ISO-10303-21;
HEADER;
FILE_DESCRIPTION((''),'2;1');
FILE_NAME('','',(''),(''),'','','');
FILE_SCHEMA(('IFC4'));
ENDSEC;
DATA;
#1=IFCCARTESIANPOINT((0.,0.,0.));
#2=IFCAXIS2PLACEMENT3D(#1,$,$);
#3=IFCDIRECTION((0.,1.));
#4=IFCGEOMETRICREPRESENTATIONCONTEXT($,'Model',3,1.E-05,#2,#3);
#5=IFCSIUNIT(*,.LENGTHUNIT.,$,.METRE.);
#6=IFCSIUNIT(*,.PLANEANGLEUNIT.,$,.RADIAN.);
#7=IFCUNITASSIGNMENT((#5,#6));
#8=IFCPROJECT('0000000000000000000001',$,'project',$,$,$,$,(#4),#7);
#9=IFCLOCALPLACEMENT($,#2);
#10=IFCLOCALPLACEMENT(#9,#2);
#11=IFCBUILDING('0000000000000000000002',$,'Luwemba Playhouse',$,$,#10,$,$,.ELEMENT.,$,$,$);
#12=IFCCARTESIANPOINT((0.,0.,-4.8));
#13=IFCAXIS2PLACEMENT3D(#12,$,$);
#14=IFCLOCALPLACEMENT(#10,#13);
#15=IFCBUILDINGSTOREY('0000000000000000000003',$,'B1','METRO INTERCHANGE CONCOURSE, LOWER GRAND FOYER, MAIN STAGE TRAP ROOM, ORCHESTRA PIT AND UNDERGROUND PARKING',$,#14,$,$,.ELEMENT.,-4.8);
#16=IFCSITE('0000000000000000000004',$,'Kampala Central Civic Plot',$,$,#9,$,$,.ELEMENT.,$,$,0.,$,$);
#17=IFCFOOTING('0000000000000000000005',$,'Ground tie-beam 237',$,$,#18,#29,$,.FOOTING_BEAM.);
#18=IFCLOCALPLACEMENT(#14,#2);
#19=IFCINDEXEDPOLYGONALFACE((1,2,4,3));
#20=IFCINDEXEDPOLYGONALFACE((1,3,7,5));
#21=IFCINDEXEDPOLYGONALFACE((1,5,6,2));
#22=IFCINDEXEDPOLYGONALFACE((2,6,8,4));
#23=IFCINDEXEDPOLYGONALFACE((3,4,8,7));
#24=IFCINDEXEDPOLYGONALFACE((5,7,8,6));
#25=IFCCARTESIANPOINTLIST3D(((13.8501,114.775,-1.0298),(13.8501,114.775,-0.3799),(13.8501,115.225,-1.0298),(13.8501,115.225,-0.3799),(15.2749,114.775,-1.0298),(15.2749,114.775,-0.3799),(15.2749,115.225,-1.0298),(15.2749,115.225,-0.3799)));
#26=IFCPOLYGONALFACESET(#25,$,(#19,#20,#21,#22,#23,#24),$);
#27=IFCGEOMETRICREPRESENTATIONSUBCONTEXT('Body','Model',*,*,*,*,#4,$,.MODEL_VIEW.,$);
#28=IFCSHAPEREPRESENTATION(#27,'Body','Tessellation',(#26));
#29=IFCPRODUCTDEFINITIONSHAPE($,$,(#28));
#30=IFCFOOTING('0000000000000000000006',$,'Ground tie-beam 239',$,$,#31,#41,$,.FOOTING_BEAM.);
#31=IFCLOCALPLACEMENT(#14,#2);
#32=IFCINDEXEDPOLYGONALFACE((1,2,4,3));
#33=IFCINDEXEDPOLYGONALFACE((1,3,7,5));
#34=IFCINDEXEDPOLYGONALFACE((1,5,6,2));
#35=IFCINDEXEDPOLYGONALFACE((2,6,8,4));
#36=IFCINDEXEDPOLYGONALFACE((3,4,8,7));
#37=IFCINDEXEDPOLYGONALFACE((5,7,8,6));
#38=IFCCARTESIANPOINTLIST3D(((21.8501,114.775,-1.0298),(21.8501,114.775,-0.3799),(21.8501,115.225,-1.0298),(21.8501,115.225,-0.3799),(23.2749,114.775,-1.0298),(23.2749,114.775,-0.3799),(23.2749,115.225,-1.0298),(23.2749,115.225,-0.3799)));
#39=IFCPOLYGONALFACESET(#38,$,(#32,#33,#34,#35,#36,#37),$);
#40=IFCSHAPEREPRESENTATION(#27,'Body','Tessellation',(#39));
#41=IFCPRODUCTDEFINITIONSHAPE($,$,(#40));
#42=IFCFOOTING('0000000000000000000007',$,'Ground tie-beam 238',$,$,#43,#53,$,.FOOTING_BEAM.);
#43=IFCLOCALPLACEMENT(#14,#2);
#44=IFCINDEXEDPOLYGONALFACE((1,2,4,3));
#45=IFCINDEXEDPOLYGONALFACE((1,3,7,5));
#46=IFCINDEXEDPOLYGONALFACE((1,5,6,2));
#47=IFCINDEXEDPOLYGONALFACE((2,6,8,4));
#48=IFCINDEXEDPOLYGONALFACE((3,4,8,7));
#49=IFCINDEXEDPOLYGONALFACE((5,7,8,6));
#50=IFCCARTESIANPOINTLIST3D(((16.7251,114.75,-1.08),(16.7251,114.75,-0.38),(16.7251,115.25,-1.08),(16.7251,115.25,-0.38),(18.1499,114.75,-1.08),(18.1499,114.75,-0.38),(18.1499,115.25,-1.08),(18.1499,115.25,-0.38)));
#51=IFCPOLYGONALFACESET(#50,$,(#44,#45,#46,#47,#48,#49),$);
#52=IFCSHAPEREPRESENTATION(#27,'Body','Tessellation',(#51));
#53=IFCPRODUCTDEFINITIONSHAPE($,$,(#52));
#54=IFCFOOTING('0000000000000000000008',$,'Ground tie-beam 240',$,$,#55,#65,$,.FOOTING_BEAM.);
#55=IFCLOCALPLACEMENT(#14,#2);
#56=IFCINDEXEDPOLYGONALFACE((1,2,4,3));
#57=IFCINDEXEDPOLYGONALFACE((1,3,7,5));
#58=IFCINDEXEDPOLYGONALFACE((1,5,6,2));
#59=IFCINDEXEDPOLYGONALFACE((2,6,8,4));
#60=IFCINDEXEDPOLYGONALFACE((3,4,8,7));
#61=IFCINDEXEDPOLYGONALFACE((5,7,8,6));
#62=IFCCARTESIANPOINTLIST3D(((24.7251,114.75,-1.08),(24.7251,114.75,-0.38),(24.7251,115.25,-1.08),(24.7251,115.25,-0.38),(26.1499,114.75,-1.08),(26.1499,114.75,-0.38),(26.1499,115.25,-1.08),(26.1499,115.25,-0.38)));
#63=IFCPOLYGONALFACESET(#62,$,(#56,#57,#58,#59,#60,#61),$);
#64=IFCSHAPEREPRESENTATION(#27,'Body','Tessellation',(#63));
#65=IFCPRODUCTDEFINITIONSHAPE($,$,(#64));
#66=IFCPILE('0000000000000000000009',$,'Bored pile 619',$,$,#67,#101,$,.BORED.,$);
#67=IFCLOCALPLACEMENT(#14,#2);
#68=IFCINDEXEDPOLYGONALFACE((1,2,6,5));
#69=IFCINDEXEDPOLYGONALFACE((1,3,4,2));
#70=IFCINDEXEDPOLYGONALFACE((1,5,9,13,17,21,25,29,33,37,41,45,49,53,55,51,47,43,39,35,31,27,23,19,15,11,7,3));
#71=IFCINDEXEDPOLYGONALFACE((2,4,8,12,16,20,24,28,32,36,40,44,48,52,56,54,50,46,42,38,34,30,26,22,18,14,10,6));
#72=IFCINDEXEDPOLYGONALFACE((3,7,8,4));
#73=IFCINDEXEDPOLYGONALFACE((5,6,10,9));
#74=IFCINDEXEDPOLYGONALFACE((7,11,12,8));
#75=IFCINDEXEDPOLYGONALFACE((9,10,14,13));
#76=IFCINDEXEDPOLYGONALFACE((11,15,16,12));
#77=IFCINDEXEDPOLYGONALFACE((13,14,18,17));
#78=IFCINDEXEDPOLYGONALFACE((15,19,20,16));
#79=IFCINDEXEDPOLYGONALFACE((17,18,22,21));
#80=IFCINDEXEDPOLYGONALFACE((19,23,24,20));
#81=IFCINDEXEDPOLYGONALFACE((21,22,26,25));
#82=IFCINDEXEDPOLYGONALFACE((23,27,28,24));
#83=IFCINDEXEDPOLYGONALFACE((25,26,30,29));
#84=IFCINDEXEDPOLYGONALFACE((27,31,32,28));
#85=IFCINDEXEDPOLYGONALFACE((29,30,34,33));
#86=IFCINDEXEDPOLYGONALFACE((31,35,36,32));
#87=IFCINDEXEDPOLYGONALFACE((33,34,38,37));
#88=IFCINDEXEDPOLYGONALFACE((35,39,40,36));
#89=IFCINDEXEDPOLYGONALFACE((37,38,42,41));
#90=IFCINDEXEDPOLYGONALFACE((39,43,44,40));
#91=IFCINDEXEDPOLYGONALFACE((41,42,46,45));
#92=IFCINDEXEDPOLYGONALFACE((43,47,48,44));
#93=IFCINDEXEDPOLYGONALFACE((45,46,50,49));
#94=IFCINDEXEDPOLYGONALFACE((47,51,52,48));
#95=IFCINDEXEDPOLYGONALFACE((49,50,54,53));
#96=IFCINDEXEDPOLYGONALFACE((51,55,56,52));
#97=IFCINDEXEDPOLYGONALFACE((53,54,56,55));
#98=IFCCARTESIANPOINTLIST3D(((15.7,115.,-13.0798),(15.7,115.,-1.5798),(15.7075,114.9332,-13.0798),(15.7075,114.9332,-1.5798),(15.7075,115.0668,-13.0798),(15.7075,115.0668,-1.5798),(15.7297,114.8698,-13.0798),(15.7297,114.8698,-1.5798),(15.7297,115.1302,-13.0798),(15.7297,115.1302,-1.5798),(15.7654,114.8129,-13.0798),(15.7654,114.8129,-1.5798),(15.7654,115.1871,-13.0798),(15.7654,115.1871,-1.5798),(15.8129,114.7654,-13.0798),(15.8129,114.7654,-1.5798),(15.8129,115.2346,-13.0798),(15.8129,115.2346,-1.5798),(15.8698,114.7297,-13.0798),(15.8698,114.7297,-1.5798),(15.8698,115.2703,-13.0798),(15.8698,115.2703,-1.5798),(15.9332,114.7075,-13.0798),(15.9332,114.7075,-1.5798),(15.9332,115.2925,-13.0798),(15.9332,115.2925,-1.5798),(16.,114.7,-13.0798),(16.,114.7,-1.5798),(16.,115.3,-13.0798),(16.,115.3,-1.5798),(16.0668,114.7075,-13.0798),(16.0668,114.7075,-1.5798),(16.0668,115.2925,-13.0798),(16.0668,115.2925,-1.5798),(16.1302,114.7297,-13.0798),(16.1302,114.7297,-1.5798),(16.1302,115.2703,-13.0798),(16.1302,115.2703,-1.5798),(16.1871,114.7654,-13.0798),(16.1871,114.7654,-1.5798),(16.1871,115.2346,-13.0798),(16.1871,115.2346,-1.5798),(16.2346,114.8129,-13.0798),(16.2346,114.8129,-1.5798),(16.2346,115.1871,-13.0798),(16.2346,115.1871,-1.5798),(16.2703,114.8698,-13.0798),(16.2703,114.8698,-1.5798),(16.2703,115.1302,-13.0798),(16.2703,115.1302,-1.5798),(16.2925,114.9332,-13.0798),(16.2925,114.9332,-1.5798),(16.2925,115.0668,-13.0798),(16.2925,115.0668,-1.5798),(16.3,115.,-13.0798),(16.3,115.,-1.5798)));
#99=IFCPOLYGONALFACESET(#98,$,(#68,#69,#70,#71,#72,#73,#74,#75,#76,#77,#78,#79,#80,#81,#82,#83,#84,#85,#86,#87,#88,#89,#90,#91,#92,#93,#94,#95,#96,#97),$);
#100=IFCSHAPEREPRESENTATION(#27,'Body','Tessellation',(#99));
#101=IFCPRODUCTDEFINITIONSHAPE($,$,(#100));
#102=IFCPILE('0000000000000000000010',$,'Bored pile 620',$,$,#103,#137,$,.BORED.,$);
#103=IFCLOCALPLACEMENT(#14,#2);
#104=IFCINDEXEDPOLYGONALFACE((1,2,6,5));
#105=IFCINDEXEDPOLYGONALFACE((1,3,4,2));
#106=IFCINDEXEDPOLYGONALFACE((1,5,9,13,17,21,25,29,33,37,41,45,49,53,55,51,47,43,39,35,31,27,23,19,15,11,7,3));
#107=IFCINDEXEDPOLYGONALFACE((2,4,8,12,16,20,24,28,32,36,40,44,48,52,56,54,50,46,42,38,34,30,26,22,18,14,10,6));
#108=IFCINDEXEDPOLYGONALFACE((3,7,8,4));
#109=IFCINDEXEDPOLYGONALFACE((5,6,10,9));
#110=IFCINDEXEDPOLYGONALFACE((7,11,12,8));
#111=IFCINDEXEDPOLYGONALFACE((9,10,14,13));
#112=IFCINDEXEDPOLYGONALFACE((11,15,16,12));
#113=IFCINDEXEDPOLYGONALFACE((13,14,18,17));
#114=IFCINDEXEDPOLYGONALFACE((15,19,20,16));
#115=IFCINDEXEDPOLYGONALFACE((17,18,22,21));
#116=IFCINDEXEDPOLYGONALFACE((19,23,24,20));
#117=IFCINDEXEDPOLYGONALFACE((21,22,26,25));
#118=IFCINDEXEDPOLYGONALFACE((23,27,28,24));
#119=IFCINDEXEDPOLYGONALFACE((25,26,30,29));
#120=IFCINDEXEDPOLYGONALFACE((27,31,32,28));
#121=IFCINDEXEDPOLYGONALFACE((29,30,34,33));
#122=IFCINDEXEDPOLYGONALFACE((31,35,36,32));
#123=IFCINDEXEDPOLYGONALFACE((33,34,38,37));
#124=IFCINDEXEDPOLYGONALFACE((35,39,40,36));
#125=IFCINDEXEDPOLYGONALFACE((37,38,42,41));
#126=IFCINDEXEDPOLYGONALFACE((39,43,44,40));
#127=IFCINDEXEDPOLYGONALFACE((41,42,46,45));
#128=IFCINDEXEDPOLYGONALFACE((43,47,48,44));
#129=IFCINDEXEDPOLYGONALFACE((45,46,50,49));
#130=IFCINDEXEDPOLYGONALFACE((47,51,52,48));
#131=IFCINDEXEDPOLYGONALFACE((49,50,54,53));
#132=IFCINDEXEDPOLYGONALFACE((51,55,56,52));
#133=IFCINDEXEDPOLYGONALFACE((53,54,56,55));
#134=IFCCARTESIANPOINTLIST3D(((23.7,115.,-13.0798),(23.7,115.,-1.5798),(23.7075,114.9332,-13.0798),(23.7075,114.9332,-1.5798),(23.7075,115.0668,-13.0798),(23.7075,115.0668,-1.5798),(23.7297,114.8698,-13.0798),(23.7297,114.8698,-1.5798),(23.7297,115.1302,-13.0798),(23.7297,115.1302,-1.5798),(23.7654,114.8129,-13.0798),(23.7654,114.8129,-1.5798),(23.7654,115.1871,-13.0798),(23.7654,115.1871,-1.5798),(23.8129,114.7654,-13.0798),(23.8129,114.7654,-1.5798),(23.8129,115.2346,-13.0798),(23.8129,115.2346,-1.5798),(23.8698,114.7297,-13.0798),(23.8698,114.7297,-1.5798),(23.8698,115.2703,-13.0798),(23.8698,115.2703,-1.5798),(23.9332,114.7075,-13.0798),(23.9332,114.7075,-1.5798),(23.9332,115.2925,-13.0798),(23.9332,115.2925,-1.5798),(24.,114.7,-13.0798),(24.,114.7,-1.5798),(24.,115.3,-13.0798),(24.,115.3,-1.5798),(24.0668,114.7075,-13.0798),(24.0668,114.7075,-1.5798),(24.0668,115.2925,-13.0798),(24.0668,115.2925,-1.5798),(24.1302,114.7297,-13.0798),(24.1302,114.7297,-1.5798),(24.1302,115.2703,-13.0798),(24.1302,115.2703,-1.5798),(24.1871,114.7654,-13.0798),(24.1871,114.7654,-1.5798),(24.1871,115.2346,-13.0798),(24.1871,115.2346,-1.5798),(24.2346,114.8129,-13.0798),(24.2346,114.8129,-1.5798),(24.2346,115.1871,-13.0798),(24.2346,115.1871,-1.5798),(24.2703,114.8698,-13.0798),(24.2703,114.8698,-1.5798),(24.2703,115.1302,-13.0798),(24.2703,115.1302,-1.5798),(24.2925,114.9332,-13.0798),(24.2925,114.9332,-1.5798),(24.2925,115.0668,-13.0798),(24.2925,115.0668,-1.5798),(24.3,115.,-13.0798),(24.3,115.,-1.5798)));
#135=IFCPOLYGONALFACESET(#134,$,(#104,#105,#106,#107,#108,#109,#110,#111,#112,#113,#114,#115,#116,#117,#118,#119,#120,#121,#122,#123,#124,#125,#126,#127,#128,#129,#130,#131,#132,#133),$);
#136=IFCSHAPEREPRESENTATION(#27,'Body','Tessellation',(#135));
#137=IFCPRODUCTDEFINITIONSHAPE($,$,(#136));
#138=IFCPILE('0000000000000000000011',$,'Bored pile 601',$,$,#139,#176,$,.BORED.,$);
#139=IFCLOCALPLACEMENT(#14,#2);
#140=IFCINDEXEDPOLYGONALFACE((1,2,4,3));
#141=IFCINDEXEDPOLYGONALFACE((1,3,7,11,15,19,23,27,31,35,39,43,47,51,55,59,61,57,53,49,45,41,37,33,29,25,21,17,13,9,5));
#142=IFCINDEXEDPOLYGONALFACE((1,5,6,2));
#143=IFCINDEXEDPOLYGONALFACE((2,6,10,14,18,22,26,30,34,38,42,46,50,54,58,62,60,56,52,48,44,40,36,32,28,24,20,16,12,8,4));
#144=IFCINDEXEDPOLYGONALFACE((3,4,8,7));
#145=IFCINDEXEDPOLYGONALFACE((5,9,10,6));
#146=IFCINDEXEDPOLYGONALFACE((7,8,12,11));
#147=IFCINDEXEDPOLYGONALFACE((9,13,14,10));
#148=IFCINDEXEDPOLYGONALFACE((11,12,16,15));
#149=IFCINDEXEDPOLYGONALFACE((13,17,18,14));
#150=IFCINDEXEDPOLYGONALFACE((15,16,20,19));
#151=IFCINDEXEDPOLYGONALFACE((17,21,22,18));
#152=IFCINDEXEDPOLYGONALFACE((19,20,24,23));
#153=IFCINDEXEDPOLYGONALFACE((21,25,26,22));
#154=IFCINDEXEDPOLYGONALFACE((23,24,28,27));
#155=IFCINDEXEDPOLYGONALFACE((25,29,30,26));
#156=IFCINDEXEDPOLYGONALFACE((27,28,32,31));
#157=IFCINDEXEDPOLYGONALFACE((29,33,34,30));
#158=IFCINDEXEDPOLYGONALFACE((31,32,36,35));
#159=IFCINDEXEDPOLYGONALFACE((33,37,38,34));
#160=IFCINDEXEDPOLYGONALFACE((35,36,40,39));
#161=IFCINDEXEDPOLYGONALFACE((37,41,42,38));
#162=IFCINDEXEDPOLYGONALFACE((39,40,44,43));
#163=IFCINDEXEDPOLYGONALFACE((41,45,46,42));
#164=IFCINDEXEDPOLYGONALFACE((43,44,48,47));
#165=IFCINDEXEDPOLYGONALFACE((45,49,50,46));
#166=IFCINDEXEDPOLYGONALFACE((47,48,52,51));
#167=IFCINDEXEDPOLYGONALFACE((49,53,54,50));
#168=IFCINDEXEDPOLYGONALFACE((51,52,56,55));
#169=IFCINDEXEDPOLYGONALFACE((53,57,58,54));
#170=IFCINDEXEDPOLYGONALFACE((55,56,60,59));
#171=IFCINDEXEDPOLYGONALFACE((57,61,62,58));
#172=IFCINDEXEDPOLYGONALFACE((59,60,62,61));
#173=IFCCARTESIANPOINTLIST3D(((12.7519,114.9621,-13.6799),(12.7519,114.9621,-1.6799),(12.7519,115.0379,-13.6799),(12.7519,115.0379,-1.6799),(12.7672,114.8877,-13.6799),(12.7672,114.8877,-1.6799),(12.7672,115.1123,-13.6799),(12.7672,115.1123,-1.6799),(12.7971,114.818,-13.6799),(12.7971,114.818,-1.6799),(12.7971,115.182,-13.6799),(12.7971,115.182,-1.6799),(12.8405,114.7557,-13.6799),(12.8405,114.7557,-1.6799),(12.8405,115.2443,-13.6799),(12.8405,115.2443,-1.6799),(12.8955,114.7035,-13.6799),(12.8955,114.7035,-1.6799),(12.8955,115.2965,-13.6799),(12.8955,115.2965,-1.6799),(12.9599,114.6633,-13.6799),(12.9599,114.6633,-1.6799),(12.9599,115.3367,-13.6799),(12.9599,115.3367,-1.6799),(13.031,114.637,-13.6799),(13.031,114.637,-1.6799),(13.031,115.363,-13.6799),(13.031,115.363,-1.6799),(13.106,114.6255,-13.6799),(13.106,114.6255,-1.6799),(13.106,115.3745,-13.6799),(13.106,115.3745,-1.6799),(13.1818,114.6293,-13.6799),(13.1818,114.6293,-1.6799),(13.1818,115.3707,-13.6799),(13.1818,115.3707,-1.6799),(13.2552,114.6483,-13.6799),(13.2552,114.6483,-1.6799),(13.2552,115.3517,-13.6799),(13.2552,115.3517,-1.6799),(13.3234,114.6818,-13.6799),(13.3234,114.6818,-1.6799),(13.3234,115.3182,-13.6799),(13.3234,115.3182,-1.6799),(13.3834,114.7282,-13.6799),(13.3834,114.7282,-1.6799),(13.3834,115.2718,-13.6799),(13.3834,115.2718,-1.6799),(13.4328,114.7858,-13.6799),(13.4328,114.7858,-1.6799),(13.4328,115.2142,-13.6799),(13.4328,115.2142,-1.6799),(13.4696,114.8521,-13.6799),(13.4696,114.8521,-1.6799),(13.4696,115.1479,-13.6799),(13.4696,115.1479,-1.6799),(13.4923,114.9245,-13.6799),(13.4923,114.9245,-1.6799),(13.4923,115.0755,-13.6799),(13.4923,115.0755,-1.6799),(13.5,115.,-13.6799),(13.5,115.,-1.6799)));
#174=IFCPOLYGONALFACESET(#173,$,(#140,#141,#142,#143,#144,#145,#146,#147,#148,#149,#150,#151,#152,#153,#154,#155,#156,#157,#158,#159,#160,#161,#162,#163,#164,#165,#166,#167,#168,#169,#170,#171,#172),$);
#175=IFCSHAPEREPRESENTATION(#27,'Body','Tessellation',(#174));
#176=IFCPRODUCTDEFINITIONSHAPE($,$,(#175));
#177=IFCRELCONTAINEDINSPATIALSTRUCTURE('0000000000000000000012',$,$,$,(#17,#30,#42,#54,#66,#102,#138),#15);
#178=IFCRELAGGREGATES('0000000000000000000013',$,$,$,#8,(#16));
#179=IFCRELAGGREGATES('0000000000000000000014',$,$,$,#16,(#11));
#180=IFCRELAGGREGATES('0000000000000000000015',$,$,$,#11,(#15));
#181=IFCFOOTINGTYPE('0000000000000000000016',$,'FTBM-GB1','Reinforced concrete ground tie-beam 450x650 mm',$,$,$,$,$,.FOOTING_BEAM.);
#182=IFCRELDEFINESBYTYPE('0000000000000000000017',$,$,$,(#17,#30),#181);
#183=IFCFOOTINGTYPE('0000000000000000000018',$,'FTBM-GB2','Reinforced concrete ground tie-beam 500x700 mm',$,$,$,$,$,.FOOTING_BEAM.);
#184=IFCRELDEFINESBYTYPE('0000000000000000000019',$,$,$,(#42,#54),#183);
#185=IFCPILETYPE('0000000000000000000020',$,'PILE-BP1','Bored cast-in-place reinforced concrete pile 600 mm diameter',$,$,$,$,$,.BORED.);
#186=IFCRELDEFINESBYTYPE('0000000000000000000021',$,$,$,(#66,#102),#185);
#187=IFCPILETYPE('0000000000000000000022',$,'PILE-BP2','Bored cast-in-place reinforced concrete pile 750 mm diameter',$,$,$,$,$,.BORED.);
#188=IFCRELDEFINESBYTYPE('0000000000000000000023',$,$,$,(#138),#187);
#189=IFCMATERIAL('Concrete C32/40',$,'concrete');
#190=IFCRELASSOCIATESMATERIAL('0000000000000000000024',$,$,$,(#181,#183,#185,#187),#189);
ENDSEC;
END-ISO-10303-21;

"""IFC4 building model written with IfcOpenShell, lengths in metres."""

from ifc_helpers import new_model, si_unit, direction, frame, origin, origin_2d, place, context, subcontext, project, spatial, rectangle, circle, extrude, material, material_profile, profile_set, type_object, element, save


model = new_model("IFC4")

# Units and contexts
model_context = context("Model", 3, precision=1e-05, world=origin(), true_north=direction((0.0, 1.0)))
body_context = subcontext(model_context, "Body", "Model", "MODEL_VIEW")
ifc_project = project(units=[si_unit("LENGTHUNIT", "METRE"), si_unit("PLANEANGLEUNIT", "RADIAN")], contexts=[model_context])

# Site, building, storey
site_placement = place(None, origin())
site = spatial("IfcSite", under=ifc_project, at=site_placement, Name="Kampala Central Civic Plot", CompositionType="ELEMENT", RefElevation=0.0)
building_placement = place(site_placement, origin())
building = spatial("IfcBuilding", under=site, at=building_placement, Name="Luwemba Playhouse", CompositionType="ELEMENT")
storey_placement = place(building_placement, frame((0.0, 0.0, -4.8)))
storey = spatial("IfcBuildingStorey", under=building, at=storey_placement, Name="B1", Description="METRO INTERCHANGE CONCOURSE, LOWER GRAND FOYER, MAIN STAGE TRAP ROOM, ORCHESTRA PIT AND UNDERGROUND PARKING", CompositionType="ELEMENT", Elevation=-4.8)

# Footings
ifc_material_1 = material(Name="Concrete C32/40", Category="concrete")
ifc_material_profile_1 = material_profile(ifc_material_1, rectangle(XDim=0.45, YDim=0.6499, at=origin_2d()))
ifc_profile_set_1 = profile_set([ifc_material_profile_1], Name="Concrete C32/40")
footing_type_1 = type_object("IfcFootingType", Name="FTBM-GB1", Description="Reinforced concrete ground tie-beam 450x650 mm", PredefinedType="FOOTING_BEAM", material=ifc_profile_set_1)
for number, where, z_axis, x_axis, name in (
    (1, (13.8501, 115.0, -0.7048), (1.0, 0.0, 0.0), (0.0, 1.0, 0.0), "Ground tie-beam 237"),
    (2, (21.8501, 115.0, -0.7048), (1.0, 0.0, 0.0), (0.0, 1.0, 0.0), "Ground tie-beam 239"),
):
    element("IfcFooting", number, at=place(storey_placement, frame(where, z_axis=z_axis, x_axis=x_axis)), inside=storey, type_object=footing_type_1, Name=name, PredefinedType="FOOTING_BEAM", context=body_context, shape_type="SweptSolid", body=[
        extrude(rectangle(XDim=0.45, YDim=0.6499, at=origin_2d()), origin(), (0.0, 0.0, 1.0), 1.4248),
    ])
ifc_material_profile_2 = material_profile(ifc_material_1, rectangle(XDim=0.5, YDim=0.7, at=origin_2d()))
ifc_profile_set_2 = profile_set([ifc_material_profile_2], Name="Concrete C32/40")
footing_type_2 = type_object("IfcFootingType", Name="FTBM-GB2", Description="Reinforced concrete ground tie-beam 500x700 mm", PredefinedType="FOOTING_BEAM", material=ifc_profile_set_2)
for number, where, z_axis, x_axis, name in (
    (3, (16.7251, 115.0, -0.73), (1.0, 0.0, 0.0), (0.0, 1.0, 0.0), "Ground tie-beam 238"),
    (4, (24.7251, 115.0, -0.73), (1.0, 0.0, 0.0), (0.0, 1.0, 0.0), "Ground tie-beam 240"),
):
    element("IfcFooting", number, at=place(storey_placement, frame(where, z_axis=z_axis, x_axis=x_axis)), inside=storey, type_object=footing_type_2, Name=name, PredefinedType="FOOTING_BEAM", context=body_context, shape_type="SweptSolid", body=[
        extrude(rectangle(XDim=0.5, YDim=0.7, at=origin_2d()), origin(), (0.0, 0.0, 1.0), 1.4248),
    ])

# Piles
ifc_material_profile_3 = material_profile(ifc_material_1, circle(Radius=0.3, at=origin_2d()))
ifc_profile_set_3 = profile_set([ifc_material_profile_3], Name="Concrete C32/40")
pile_type_1 = type_object("IfcPileType", Name="PILE-BP1", Description="Bored cast-in-place reinforced concrete pile 600 mm diameter", PredefinedType="BORED", material=ifc_profile_set_3)
for number, where, z_axis, x_axis, name in (
    (5, (16.0, 115.0, -1.5798), (0.0, 0.0, -1.0), (1.0, 0.0, 0.0), "Bored pile 619"),
    (6, (24.0, 115.0, -1.5798), (0.0, 0.0, -1.0), (1.0, 0.0, 0.0), "Bored pile 620"),
):
    element("IfcPile", number, at=place(storey_placement, frame(where, z_axis=z_axis, x_axis=x_axis)), inside=storey, type_object=pile_type_1, Name=name, PredefinedType="BORED", context=body_context, shape_type="SweptSolid", body=[
        extrude(circle(Radius=0.3, at=origin_2d()), origin(), (0.0, 0.0, 1.0), 11.5),
    ])
ifc_material_profile_4 = material_profile(ifc_material_1, circle(Radius=0.375, at=origin_2d()))
ifc_profile_set_4 = profile_set([ifc_material_profile_4], Name="Concrete C32/40")
pile_type_2 = type_object("IfcPileType", Name="PILE-BP2", Description="Bored cast-in-place reinforced concrete pile 750 mm diameter", PredefinedType="BORED", material=ifc_profile_set_4)
for number, where, z_axis, x_axis, name in (
    (7, (13.125, 115.0, -1.6799), (0.0, 0.0, -1.0), (1.0, 0.0, 0.0), "Bored pile 601"),
):
    element("IfcPile", number, at=place(storey_placement, frame(where, z_axis=z_axis, x_axis=x_axis)), inside=storey, type_object=pile_type_2, Name=name, PredefinedType="BORED", context=body_context, shape_type="SweptSolid", body=[
        extrude(circle(Radius=0.375, at=origin_2d()), origin(), (0.0, 0.0, 1.0), 12.0),
    ])

save(model, "model.ifc")
